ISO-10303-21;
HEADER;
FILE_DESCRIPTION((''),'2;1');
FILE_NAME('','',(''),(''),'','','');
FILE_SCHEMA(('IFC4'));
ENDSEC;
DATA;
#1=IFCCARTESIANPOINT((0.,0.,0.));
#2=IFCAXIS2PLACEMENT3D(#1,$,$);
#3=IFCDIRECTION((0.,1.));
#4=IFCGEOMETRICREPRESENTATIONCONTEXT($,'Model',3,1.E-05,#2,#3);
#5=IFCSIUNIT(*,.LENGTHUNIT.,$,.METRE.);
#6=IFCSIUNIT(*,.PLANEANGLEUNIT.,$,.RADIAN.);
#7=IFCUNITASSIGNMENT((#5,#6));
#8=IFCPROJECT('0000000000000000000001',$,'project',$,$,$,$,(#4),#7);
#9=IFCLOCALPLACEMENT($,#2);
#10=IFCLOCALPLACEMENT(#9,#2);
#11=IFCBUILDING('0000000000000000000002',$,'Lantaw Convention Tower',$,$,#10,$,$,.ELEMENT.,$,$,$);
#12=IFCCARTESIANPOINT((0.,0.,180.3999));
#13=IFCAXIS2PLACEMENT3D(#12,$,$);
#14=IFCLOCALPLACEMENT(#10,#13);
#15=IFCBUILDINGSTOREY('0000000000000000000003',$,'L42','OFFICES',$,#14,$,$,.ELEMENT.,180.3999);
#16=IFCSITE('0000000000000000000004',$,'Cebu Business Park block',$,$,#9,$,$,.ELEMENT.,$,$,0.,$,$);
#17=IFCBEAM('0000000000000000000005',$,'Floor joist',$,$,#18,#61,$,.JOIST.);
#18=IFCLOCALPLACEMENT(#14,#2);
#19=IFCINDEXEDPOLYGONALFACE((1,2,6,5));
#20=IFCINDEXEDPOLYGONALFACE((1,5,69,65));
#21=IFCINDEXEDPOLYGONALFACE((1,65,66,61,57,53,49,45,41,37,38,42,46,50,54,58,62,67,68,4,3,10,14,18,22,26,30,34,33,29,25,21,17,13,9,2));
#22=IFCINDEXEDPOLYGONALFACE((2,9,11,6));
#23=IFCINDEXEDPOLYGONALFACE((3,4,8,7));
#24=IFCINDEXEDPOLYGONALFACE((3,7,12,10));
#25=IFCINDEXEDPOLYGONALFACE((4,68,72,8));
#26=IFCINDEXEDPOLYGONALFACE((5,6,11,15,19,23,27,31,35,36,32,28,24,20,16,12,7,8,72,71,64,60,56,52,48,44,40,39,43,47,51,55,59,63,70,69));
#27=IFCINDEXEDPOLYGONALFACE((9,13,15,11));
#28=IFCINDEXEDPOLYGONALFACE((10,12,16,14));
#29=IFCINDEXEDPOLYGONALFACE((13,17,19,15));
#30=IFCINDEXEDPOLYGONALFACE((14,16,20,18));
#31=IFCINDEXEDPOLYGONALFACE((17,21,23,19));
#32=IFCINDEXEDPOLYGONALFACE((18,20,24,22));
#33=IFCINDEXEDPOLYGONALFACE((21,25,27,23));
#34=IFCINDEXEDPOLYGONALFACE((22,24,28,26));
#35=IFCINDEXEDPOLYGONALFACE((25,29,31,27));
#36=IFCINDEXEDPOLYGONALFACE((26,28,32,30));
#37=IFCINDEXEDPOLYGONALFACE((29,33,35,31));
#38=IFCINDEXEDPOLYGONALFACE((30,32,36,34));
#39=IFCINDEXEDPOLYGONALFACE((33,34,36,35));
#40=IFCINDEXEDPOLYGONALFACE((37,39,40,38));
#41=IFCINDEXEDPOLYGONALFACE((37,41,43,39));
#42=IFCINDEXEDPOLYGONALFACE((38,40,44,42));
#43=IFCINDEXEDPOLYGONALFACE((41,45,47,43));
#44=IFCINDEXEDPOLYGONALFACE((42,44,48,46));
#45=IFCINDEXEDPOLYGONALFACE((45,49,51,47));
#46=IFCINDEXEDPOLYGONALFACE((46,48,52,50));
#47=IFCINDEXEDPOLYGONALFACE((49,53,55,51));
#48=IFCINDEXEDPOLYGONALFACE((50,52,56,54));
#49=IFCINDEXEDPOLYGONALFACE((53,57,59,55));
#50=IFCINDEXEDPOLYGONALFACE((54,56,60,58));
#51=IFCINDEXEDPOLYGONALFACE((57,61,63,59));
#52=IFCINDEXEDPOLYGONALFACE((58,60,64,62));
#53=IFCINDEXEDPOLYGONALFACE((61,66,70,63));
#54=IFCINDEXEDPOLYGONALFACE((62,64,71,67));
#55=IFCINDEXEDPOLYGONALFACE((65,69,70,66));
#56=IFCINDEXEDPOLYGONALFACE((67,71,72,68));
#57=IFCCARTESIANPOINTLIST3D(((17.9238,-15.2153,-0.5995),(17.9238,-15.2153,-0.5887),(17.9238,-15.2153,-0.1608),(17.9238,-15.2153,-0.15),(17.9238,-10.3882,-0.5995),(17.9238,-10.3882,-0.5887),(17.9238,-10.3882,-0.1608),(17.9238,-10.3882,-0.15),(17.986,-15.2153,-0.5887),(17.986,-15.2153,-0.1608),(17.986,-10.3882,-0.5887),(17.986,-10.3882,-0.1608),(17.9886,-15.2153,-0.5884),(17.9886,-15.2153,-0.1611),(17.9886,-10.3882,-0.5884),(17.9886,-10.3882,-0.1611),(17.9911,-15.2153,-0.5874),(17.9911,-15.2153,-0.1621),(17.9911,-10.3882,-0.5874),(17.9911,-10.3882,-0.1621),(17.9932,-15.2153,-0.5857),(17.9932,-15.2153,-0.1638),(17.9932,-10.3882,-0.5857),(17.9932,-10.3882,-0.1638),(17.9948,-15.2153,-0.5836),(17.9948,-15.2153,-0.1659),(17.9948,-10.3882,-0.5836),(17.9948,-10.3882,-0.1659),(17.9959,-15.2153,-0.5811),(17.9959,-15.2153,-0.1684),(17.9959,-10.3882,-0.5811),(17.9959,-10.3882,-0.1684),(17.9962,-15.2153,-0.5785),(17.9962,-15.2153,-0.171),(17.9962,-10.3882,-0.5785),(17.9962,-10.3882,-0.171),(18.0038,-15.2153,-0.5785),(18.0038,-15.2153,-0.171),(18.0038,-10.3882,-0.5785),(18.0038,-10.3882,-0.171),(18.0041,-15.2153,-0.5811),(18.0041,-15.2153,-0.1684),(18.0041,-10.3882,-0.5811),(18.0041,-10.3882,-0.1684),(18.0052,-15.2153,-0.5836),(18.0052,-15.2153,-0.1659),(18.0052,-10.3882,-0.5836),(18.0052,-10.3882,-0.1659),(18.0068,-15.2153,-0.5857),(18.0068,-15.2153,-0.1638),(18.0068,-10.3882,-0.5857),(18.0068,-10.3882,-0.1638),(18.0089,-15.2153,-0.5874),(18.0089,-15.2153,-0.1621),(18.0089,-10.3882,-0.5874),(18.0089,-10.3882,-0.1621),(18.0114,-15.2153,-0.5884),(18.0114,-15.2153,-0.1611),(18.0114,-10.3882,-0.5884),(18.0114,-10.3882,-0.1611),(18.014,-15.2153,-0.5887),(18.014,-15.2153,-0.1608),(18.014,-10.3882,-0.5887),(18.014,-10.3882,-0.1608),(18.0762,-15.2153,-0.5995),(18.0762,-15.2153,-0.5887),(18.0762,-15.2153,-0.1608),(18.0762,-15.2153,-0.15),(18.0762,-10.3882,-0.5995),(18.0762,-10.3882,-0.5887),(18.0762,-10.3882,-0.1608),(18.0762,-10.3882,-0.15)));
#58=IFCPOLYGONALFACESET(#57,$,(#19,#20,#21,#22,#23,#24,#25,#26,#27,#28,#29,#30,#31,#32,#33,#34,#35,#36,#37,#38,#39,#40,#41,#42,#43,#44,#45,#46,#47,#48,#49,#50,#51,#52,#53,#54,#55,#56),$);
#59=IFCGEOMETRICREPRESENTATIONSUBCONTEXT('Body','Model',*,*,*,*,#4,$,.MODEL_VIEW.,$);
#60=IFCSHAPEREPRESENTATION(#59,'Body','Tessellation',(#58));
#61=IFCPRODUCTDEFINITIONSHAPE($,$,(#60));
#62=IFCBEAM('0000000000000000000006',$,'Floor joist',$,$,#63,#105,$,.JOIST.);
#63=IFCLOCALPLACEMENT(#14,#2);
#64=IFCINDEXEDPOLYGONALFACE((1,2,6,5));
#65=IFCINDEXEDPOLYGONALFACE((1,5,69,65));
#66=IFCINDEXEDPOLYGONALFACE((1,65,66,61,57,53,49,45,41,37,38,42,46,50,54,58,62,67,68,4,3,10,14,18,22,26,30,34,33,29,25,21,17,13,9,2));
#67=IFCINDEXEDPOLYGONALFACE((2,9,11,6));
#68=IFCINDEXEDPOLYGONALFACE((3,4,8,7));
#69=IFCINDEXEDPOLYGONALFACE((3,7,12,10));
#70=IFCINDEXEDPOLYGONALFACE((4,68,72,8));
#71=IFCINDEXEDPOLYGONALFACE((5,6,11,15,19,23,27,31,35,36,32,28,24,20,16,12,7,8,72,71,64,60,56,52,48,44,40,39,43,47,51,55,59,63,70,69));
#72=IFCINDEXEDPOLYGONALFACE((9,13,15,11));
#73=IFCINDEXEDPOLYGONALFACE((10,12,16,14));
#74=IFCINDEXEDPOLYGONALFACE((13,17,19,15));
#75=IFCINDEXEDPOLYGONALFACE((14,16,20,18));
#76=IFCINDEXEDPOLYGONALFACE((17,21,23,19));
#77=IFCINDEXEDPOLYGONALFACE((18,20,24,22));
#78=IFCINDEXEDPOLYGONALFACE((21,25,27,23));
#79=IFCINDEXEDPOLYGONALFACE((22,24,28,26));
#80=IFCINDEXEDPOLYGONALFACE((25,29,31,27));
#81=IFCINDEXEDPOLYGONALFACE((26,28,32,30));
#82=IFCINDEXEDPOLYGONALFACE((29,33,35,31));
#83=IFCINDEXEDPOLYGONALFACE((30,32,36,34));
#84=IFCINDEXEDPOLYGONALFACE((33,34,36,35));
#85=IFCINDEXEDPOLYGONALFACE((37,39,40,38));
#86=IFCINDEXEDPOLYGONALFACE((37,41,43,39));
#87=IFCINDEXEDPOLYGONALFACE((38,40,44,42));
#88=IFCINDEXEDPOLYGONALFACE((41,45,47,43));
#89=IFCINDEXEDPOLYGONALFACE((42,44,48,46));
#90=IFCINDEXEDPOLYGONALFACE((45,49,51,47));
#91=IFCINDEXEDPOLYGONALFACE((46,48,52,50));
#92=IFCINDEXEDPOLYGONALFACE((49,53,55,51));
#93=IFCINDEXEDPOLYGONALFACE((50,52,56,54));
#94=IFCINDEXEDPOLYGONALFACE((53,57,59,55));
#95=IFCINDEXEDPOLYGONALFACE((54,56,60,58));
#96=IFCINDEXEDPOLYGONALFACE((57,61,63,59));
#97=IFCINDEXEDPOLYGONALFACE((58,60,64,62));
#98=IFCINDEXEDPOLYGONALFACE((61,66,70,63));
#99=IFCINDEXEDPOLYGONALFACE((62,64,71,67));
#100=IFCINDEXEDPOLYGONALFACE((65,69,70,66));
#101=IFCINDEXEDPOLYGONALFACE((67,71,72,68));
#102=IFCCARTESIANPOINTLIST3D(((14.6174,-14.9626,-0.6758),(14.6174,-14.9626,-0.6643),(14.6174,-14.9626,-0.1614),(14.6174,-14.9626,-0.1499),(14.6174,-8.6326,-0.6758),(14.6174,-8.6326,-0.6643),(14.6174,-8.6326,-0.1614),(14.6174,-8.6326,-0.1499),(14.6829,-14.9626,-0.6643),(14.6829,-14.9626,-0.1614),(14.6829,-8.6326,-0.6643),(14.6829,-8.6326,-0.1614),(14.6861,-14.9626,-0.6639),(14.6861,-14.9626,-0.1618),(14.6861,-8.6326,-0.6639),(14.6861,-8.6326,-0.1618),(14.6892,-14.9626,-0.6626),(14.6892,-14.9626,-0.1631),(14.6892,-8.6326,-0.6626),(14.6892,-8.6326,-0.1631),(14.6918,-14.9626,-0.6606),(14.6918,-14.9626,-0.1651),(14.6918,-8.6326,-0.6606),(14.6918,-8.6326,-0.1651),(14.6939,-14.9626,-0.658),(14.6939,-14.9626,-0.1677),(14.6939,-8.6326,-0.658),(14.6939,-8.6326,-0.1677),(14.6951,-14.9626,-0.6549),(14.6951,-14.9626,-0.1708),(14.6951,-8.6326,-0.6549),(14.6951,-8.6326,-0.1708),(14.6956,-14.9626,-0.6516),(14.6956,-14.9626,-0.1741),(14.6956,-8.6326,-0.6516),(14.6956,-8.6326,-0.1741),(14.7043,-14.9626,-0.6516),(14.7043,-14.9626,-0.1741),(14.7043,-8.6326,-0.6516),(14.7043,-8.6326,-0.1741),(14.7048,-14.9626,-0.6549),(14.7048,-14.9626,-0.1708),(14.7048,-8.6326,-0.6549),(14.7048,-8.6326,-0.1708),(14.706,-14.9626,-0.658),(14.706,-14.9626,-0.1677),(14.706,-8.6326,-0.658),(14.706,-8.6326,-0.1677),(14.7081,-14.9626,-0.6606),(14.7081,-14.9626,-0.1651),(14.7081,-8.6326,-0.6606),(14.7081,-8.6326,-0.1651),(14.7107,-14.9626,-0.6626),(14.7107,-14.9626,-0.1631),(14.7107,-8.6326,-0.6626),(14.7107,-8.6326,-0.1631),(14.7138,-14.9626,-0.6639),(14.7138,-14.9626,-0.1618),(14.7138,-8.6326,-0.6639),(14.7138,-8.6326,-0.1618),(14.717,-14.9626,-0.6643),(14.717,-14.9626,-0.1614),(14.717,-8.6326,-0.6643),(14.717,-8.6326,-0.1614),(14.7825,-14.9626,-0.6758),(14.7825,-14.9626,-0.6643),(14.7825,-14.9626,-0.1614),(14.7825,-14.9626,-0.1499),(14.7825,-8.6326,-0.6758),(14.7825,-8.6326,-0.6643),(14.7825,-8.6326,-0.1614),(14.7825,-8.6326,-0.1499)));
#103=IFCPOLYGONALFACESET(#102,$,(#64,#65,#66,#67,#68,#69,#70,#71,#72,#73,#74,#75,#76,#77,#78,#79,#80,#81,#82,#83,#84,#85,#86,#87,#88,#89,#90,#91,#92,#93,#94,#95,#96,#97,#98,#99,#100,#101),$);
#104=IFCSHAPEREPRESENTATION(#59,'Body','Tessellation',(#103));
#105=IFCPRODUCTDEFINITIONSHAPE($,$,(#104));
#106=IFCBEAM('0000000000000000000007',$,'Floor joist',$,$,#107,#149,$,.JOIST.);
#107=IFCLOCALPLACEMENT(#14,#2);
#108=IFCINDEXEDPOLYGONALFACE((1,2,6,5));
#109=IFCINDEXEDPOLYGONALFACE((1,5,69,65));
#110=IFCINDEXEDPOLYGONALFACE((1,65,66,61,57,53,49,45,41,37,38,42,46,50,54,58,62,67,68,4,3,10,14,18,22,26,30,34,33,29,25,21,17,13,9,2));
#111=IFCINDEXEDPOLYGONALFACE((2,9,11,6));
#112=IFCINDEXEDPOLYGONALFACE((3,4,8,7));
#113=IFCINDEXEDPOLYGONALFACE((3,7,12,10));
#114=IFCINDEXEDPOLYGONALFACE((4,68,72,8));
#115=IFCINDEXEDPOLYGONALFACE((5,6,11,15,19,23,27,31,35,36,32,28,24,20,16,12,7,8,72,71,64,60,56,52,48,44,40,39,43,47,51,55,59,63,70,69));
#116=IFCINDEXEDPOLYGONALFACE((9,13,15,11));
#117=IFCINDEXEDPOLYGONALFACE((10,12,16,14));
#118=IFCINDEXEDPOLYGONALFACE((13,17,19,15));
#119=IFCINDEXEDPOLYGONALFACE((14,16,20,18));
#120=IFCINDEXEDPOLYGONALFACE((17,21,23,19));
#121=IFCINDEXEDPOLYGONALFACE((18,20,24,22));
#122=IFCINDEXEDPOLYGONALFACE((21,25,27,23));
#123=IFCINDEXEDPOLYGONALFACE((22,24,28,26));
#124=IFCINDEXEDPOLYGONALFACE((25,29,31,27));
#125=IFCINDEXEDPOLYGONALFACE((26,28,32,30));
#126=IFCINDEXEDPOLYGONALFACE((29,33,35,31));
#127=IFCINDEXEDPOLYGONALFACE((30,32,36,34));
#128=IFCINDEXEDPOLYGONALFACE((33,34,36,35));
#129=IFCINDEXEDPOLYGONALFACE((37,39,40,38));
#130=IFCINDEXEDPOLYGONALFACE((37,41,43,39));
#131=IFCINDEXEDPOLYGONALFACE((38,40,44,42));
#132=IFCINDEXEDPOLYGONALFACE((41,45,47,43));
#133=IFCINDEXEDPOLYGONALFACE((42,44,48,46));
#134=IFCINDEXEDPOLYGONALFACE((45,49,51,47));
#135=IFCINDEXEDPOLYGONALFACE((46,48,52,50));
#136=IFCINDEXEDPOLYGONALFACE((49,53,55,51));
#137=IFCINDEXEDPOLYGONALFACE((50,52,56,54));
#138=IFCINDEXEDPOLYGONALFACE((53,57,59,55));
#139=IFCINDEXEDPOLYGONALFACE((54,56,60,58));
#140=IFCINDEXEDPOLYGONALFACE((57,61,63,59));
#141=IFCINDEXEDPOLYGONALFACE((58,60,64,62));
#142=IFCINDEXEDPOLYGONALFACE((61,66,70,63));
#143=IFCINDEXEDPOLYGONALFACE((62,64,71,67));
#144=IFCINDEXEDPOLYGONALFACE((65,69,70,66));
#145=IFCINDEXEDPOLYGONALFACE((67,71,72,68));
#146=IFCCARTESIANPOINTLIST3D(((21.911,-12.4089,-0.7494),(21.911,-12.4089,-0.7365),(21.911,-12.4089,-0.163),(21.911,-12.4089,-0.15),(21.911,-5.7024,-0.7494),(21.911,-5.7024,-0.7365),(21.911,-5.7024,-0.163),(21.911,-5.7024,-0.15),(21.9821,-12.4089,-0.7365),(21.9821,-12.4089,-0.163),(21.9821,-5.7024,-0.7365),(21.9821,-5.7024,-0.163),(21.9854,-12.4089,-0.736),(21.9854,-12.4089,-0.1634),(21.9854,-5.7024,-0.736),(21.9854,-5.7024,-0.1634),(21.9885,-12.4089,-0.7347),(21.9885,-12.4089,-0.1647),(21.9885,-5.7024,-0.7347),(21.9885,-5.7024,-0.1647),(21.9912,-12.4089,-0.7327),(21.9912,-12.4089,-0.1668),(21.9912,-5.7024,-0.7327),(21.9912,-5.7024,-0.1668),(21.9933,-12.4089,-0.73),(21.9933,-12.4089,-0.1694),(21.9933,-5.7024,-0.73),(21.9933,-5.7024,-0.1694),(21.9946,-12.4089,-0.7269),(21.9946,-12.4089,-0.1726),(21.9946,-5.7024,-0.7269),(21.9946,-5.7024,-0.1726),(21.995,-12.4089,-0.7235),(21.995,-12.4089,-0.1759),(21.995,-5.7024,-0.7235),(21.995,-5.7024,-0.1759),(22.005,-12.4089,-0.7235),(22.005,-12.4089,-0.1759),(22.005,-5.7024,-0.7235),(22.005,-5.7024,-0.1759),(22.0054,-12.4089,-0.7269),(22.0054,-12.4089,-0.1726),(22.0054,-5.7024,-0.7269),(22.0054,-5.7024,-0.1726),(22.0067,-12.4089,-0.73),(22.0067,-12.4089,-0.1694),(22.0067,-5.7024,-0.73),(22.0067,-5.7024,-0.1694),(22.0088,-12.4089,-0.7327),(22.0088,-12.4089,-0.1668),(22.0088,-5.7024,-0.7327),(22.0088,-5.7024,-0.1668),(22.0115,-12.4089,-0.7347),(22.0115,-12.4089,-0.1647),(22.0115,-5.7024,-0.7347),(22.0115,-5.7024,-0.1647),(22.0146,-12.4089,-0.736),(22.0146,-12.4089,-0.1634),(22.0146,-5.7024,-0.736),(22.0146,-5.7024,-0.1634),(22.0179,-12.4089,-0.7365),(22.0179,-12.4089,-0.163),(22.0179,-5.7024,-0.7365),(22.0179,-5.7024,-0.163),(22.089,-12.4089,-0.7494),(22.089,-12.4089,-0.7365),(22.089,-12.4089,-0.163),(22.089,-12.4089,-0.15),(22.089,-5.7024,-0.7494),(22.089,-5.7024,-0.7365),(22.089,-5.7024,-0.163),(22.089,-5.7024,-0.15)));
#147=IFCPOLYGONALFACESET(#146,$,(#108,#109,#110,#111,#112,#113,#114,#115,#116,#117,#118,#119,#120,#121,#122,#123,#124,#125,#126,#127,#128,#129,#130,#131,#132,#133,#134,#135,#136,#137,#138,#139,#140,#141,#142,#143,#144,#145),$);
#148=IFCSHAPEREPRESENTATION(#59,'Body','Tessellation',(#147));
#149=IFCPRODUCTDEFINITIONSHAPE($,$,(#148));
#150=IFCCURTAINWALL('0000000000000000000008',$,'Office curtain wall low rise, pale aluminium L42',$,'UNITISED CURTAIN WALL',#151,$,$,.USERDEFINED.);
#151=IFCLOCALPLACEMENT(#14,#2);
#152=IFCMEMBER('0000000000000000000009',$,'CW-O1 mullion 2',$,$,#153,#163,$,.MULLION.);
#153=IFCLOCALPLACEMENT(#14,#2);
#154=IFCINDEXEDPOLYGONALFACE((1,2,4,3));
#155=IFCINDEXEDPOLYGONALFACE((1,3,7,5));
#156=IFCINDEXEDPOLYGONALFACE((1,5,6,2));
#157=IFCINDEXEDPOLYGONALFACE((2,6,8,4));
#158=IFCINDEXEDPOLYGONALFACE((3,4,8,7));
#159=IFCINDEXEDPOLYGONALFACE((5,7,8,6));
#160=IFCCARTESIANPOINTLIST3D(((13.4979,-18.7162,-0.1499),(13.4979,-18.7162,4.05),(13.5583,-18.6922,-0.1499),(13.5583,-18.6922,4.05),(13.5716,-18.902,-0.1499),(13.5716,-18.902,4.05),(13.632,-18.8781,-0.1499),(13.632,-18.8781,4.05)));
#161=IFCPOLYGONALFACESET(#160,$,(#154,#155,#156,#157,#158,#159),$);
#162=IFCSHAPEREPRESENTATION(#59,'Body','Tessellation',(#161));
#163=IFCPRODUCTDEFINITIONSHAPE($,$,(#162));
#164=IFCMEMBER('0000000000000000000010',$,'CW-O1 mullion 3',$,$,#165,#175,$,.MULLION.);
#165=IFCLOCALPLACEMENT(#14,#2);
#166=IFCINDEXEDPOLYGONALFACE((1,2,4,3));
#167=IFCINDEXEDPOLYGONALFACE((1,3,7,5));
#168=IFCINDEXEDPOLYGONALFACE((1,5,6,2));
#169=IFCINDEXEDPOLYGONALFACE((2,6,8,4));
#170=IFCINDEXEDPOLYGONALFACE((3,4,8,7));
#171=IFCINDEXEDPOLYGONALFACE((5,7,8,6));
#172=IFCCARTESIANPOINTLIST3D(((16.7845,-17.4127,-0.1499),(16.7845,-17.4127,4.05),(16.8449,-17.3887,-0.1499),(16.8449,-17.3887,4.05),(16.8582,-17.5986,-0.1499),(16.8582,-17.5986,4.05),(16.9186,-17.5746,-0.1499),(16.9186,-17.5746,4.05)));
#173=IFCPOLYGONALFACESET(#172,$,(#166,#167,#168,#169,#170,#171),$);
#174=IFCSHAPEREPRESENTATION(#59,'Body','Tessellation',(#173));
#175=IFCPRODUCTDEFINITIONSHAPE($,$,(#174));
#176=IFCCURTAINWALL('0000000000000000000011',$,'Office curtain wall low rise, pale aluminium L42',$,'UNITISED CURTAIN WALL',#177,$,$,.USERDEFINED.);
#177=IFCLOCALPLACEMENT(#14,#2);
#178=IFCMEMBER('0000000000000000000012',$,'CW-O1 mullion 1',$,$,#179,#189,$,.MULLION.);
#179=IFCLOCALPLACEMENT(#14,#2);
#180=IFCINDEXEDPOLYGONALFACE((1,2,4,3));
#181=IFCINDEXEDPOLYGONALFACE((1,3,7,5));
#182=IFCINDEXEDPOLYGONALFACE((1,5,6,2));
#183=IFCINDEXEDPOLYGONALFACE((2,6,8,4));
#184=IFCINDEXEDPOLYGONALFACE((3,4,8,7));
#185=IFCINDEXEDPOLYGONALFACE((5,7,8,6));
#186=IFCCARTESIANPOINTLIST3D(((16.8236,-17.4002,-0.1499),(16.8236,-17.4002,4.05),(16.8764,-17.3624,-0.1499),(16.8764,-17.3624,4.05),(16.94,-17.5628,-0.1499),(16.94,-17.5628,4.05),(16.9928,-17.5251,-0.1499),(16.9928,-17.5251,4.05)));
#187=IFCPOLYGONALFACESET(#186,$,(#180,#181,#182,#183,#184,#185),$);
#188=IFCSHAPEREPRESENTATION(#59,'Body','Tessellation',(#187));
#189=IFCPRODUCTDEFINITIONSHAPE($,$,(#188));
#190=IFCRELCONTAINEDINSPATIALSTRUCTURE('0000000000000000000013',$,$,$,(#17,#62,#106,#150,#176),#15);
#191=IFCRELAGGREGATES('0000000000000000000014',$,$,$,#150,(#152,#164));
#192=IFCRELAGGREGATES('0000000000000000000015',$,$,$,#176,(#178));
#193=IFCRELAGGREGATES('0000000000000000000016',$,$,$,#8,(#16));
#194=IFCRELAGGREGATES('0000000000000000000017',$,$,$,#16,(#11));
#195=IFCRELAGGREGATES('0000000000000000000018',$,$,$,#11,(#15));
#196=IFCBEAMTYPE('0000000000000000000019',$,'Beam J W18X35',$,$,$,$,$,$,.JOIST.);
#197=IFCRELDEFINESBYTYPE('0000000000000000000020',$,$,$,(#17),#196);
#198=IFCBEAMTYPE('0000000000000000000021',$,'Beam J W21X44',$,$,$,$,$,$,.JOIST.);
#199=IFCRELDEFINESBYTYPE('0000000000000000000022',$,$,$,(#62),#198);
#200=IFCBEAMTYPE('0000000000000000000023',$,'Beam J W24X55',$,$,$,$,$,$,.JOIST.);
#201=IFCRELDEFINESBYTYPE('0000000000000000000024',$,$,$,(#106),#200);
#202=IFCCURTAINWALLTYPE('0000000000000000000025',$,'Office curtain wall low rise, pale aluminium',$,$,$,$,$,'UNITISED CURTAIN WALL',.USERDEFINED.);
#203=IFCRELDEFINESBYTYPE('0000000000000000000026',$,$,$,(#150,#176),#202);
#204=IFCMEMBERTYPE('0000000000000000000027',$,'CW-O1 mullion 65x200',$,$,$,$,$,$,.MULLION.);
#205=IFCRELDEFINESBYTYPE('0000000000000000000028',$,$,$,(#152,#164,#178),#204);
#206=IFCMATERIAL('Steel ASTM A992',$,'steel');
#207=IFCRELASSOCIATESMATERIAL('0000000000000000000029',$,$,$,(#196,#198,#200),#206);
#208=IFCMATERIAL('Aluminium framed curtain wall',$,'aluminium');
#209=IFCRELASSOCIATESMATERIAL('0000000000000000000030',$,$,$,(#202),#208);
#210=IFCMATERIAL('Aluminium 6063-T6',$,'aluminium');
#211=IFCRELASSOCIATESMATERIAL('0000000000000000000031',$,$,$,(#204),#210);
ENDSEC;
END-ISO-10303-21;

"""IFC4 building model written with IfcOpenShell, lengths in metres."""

from ifc_helpers import new_model, si_unit, direction, frame, origin, origin_2d, place, context, subcontext, project, spatial, rectangle, i_section, extrude, material, material_profile, profile_set, type_object, element, aggregate, save


model = new_model("IFC4")

# Units and contexts
model_context = context("Model", 3, precision=1e-05, world=origin(), true_north=direction((0.0, 1.0)))
body_context = subcontext(model_context, "Body", "Model", "MODEL_VIEW")
ifc_project = project(units=[si_unit("LENGTHUNIT", "METRE"), si_unit("PLANEANGLEUNIT", "RADIAN")], contexts=[model_context])

# Site, building, storey
site_placement = place(None, origin())
site = spatial("IfcSite", under=ifc_project, at=site_placement, Name="Cebu Business Park block", CompositionType="ELEMENT", RefElevation=0.0)
building_placement = place(site_placement, origin())
building = spatial("IfcBuilding", under=site, at=building_placement, Name="Lantaw Convention Tower", CompositionType="ELEMENT")
storey_placement = place(building_placement, frame((0.0, 0.0, 180.3999)))
storey = spatial("IfcBuildingStorey", under=building, at=storey_placement, Name="L42", Description="OFFICES", CompositionType="ELEMENT", Elevation=180.3999)

# Beams
ifc_material_1 = material(Name="Steel ASTM A992", Category="steel")
ifc_material_profile_1 = material_profile(ifc_material_1, i_section(OverallWidth=0.1523, OverallDepth=0.4495, WebThickness=0.0076, FlangeThickness=0.0107, FilletRadius=0.0103, at=origin_2d()), Name="W18X35")
ifc_profile_set_1 = profile_set([ifc_material_profile_1], Name="Steel ASTM A992")
beam_type_1 = type_object("IfcBeamType", Name="Beam J W18X35", PredefinedType="JOIST", material=ifc_profile_set_1)
beam_1_placement = place(storey_placement, frame((18.0, -15.2153, -0.3748), z_axis=(0.0, 1.0, 0.0), x_axis=(-1.0, 0.0, 0.0)))
element("IfcBeam", 1, at=beam_1_placement, inside=storey, type_object=beam_type_1, Name="Floor joist", PredefinedType="JOIST", context=body_context, shape_type="SweptSolid", body=[
    extrude(i_section(OverallWidth=0.1523, OverallDepth=0.4495, WebThickness=0.0076, FlangeThickness=0.0107, FilletRadius=0.0103, at=origin_2d()), origin(), (0.0, 0.0, 1.0), 4.8271),
])
ifc_material_profile_2 = material_profile(ifc_material_1, i_section(OverallWidth=0.165, OverallDepth=0.5259, WebThickness=0.0088, FlangeThickness=0.0115, FilletRadius=0.0127, at=origin_2d()), Name="W21X44")
ifc_profile_set_2 = profile_set([ifc_material_profile_2], Name="Steel ASTM A992")
beam_type_2 = type_object("IfcBeamType", Name="Beam J W21X44", PredefinedType="JOIST", material=ifc_profile_set_2)
beam_2_placement = place(storey_placement, frame((14.7, -14.9626, -0.4128), z_axis=(0.0, 1.0, 0.0), x_axis=(-1.0, 0.0, 0.0)))
element("IfcBeam", 2, at=beam_2_placement, inside=storey, type_object=beam_type_2, Name="Floor joist", PredefinedType="JOIST", context=body_context, shape_type="SweptSolid", body=[
    extrude(i_section(OverallWidth=0.165, OverallDepth=0.5259, WebThickness=0.0088, FlangeThickness=0.0115, FilletRadius=0.0127, at=origin_2d()), origin(), (0.0, 0.0, 1.0), 6.3301),
])
ifc_material_profile_3 = material_profile(ifc_material_1, i_section(OverallWidth=0.178, OverallDepth=0.5994, WebThickness=0.01, FlangeThickness=0.0129, FilletRadius=0.0129, at=origin_2d()), Name="W24X55")
ifc_profile_set_3 = profile_set([ifc_material_profile_3], Name="Steel ASTM A992")
beam_type_3 = type_object("IfcBeamType", Name="Beam J W24X55", PredefinedType="JOIST", material=ifc_profile_set_3)
beam_3_placement = place(storey_placement, frame((22.0, -12.4089, -0.4497), z_axis=(0.0, 1.0, 0.0), x_axis=(-1.0, 0.0, 0.0)))
element("IfcBeam", 3, at=beam_3_placement, inside=storey, type_object=beam_type_3, Name="Floor joist", PredefinedType="JOIST", context=body_context, shape_type="SweptSolid", body=[
    extrude(i_section(OverallWidth=0.178, OverallDepth=0.5994, WebThickness=0.01, FlangeThickness=0.0129, FilletRadius=0.0129, at=origin_2d()), origin(), (0.0, 0.0, 1.0), 6.7065),
])

# Curtain walls, members
ifc_material_2 = material(Name="Aluminium framed curtain wall", Category="aluminium")
curtain_wall_type = type_object("IfcCurtainWallType", Name="Office curtain wall low rise, pale aluminium", ElementType="UNITISED CURTAIN WALL", PredefinedType="USERDEFINED", material=ifc_material_2)
curtain_wall_1_placement = place(storey_placement, origin())
curtain_wall_1 = element("IfcCurtainWall", 4, at=curtain_wall_1_placement, inside=storey, type_object=curtain_wall_type, Name="Office curtain wall low rise, pale aluminium L42", ObjectType="UNITISED CURTAIN WALL", PredefinedType="USERDEFINED")
ifc_material_3 = material(Name="Aluminium 6063-T6", Category="aluminium")
ifc_material_profile_4 = material_profile(ifc_material_3, rectangle(XDim=0.2, YDim=0.0649, at=origin_2d()), Name="CW-O1 mullion 65x200")
ifc_profile_set_4 = profile_set([ifc_material_profile_4], Name="Aluminium 6063-T6")
member_type_1 = type_object("IfcMemberType", Name="CW-O1 mullion 65x200", PredefinedType="MULLION", material=ifc_profile_set_4)
member_1_placement = place(storey_placement, frame((13.5649, -18.7971, -0.1499), z_axis=(0.0, 0.0, 1.0), x_axis=(-0.368702, 0.929548, 0.0)))
member_1 = element("IfcMember", 5, at=member_1_placement, type_object=member_type_1, Name="CW-O1 mullion 2", PredefinedType="MULLION", context=body_context, shape_type="SweptSolid", body=[
    extrude(rectangle(XDim=0.2, YDim=0.0649, at=origin_2d()), origin(), (0.0, 0.0, 1.0), 4.2),
])
member_2_placement = place(storey_placement, frame((16.8516, -17.4937, -0.1499), z_axis=(0.0, 0.0, 1.0), x_axis=(-0.368702, 0.929548, 0.0)))
member_2 = element("IfcMember", 6, at=member_2_placement, type_object=member_type_1, Name="CW-O1 mullion 3", PredefinedType="MULLION", context=body_context, shape_type="SweptSolid", body=[
    extrude(rectangle(XDim=0.2, YDim=0.0649, at=origin_2d()), origin(), (0.0, 0.0, 1.0), 4.2),
])
curtain_wall_2_placement = place(storey_placement, origin())
curtain_wall_2 = element("IfcCurtainWall", 7, at=curtain_wall_2_placement, inside=storey, type_object=curtain_wall_type, Name="Office curtain wall low rise, pale aluminium L42", ObjectType="UNITISED CURTAIN WALL", PredefinedType="USERDEFINED")
member_3_placement = place(storey_placement, frame((16.9082, -17.4626, -0.1499), z_axis=(0.0, 0.0, 1.0), x_axis=(-0.581973, 0.813208, 0.0)))
member_3 = element("IfcMember", 8, at=member_3_placement, type_object=member_type_1, Name="CW-O1 mullion 1", PredefinedType="MULLION", context=body_context, shape_type="SweptSolid", body=[
    extrude(rectangle(XDim=0.2, YDim=0.0649, at=origin_2d()), origin(), (0.0, 0.0, 1.0), 4.2),
])

aggregate(curtain_wall_1, [member_1, member_2])
aggregate(curtain_wall_2, [member_3])

save(model, "model.ifc")
